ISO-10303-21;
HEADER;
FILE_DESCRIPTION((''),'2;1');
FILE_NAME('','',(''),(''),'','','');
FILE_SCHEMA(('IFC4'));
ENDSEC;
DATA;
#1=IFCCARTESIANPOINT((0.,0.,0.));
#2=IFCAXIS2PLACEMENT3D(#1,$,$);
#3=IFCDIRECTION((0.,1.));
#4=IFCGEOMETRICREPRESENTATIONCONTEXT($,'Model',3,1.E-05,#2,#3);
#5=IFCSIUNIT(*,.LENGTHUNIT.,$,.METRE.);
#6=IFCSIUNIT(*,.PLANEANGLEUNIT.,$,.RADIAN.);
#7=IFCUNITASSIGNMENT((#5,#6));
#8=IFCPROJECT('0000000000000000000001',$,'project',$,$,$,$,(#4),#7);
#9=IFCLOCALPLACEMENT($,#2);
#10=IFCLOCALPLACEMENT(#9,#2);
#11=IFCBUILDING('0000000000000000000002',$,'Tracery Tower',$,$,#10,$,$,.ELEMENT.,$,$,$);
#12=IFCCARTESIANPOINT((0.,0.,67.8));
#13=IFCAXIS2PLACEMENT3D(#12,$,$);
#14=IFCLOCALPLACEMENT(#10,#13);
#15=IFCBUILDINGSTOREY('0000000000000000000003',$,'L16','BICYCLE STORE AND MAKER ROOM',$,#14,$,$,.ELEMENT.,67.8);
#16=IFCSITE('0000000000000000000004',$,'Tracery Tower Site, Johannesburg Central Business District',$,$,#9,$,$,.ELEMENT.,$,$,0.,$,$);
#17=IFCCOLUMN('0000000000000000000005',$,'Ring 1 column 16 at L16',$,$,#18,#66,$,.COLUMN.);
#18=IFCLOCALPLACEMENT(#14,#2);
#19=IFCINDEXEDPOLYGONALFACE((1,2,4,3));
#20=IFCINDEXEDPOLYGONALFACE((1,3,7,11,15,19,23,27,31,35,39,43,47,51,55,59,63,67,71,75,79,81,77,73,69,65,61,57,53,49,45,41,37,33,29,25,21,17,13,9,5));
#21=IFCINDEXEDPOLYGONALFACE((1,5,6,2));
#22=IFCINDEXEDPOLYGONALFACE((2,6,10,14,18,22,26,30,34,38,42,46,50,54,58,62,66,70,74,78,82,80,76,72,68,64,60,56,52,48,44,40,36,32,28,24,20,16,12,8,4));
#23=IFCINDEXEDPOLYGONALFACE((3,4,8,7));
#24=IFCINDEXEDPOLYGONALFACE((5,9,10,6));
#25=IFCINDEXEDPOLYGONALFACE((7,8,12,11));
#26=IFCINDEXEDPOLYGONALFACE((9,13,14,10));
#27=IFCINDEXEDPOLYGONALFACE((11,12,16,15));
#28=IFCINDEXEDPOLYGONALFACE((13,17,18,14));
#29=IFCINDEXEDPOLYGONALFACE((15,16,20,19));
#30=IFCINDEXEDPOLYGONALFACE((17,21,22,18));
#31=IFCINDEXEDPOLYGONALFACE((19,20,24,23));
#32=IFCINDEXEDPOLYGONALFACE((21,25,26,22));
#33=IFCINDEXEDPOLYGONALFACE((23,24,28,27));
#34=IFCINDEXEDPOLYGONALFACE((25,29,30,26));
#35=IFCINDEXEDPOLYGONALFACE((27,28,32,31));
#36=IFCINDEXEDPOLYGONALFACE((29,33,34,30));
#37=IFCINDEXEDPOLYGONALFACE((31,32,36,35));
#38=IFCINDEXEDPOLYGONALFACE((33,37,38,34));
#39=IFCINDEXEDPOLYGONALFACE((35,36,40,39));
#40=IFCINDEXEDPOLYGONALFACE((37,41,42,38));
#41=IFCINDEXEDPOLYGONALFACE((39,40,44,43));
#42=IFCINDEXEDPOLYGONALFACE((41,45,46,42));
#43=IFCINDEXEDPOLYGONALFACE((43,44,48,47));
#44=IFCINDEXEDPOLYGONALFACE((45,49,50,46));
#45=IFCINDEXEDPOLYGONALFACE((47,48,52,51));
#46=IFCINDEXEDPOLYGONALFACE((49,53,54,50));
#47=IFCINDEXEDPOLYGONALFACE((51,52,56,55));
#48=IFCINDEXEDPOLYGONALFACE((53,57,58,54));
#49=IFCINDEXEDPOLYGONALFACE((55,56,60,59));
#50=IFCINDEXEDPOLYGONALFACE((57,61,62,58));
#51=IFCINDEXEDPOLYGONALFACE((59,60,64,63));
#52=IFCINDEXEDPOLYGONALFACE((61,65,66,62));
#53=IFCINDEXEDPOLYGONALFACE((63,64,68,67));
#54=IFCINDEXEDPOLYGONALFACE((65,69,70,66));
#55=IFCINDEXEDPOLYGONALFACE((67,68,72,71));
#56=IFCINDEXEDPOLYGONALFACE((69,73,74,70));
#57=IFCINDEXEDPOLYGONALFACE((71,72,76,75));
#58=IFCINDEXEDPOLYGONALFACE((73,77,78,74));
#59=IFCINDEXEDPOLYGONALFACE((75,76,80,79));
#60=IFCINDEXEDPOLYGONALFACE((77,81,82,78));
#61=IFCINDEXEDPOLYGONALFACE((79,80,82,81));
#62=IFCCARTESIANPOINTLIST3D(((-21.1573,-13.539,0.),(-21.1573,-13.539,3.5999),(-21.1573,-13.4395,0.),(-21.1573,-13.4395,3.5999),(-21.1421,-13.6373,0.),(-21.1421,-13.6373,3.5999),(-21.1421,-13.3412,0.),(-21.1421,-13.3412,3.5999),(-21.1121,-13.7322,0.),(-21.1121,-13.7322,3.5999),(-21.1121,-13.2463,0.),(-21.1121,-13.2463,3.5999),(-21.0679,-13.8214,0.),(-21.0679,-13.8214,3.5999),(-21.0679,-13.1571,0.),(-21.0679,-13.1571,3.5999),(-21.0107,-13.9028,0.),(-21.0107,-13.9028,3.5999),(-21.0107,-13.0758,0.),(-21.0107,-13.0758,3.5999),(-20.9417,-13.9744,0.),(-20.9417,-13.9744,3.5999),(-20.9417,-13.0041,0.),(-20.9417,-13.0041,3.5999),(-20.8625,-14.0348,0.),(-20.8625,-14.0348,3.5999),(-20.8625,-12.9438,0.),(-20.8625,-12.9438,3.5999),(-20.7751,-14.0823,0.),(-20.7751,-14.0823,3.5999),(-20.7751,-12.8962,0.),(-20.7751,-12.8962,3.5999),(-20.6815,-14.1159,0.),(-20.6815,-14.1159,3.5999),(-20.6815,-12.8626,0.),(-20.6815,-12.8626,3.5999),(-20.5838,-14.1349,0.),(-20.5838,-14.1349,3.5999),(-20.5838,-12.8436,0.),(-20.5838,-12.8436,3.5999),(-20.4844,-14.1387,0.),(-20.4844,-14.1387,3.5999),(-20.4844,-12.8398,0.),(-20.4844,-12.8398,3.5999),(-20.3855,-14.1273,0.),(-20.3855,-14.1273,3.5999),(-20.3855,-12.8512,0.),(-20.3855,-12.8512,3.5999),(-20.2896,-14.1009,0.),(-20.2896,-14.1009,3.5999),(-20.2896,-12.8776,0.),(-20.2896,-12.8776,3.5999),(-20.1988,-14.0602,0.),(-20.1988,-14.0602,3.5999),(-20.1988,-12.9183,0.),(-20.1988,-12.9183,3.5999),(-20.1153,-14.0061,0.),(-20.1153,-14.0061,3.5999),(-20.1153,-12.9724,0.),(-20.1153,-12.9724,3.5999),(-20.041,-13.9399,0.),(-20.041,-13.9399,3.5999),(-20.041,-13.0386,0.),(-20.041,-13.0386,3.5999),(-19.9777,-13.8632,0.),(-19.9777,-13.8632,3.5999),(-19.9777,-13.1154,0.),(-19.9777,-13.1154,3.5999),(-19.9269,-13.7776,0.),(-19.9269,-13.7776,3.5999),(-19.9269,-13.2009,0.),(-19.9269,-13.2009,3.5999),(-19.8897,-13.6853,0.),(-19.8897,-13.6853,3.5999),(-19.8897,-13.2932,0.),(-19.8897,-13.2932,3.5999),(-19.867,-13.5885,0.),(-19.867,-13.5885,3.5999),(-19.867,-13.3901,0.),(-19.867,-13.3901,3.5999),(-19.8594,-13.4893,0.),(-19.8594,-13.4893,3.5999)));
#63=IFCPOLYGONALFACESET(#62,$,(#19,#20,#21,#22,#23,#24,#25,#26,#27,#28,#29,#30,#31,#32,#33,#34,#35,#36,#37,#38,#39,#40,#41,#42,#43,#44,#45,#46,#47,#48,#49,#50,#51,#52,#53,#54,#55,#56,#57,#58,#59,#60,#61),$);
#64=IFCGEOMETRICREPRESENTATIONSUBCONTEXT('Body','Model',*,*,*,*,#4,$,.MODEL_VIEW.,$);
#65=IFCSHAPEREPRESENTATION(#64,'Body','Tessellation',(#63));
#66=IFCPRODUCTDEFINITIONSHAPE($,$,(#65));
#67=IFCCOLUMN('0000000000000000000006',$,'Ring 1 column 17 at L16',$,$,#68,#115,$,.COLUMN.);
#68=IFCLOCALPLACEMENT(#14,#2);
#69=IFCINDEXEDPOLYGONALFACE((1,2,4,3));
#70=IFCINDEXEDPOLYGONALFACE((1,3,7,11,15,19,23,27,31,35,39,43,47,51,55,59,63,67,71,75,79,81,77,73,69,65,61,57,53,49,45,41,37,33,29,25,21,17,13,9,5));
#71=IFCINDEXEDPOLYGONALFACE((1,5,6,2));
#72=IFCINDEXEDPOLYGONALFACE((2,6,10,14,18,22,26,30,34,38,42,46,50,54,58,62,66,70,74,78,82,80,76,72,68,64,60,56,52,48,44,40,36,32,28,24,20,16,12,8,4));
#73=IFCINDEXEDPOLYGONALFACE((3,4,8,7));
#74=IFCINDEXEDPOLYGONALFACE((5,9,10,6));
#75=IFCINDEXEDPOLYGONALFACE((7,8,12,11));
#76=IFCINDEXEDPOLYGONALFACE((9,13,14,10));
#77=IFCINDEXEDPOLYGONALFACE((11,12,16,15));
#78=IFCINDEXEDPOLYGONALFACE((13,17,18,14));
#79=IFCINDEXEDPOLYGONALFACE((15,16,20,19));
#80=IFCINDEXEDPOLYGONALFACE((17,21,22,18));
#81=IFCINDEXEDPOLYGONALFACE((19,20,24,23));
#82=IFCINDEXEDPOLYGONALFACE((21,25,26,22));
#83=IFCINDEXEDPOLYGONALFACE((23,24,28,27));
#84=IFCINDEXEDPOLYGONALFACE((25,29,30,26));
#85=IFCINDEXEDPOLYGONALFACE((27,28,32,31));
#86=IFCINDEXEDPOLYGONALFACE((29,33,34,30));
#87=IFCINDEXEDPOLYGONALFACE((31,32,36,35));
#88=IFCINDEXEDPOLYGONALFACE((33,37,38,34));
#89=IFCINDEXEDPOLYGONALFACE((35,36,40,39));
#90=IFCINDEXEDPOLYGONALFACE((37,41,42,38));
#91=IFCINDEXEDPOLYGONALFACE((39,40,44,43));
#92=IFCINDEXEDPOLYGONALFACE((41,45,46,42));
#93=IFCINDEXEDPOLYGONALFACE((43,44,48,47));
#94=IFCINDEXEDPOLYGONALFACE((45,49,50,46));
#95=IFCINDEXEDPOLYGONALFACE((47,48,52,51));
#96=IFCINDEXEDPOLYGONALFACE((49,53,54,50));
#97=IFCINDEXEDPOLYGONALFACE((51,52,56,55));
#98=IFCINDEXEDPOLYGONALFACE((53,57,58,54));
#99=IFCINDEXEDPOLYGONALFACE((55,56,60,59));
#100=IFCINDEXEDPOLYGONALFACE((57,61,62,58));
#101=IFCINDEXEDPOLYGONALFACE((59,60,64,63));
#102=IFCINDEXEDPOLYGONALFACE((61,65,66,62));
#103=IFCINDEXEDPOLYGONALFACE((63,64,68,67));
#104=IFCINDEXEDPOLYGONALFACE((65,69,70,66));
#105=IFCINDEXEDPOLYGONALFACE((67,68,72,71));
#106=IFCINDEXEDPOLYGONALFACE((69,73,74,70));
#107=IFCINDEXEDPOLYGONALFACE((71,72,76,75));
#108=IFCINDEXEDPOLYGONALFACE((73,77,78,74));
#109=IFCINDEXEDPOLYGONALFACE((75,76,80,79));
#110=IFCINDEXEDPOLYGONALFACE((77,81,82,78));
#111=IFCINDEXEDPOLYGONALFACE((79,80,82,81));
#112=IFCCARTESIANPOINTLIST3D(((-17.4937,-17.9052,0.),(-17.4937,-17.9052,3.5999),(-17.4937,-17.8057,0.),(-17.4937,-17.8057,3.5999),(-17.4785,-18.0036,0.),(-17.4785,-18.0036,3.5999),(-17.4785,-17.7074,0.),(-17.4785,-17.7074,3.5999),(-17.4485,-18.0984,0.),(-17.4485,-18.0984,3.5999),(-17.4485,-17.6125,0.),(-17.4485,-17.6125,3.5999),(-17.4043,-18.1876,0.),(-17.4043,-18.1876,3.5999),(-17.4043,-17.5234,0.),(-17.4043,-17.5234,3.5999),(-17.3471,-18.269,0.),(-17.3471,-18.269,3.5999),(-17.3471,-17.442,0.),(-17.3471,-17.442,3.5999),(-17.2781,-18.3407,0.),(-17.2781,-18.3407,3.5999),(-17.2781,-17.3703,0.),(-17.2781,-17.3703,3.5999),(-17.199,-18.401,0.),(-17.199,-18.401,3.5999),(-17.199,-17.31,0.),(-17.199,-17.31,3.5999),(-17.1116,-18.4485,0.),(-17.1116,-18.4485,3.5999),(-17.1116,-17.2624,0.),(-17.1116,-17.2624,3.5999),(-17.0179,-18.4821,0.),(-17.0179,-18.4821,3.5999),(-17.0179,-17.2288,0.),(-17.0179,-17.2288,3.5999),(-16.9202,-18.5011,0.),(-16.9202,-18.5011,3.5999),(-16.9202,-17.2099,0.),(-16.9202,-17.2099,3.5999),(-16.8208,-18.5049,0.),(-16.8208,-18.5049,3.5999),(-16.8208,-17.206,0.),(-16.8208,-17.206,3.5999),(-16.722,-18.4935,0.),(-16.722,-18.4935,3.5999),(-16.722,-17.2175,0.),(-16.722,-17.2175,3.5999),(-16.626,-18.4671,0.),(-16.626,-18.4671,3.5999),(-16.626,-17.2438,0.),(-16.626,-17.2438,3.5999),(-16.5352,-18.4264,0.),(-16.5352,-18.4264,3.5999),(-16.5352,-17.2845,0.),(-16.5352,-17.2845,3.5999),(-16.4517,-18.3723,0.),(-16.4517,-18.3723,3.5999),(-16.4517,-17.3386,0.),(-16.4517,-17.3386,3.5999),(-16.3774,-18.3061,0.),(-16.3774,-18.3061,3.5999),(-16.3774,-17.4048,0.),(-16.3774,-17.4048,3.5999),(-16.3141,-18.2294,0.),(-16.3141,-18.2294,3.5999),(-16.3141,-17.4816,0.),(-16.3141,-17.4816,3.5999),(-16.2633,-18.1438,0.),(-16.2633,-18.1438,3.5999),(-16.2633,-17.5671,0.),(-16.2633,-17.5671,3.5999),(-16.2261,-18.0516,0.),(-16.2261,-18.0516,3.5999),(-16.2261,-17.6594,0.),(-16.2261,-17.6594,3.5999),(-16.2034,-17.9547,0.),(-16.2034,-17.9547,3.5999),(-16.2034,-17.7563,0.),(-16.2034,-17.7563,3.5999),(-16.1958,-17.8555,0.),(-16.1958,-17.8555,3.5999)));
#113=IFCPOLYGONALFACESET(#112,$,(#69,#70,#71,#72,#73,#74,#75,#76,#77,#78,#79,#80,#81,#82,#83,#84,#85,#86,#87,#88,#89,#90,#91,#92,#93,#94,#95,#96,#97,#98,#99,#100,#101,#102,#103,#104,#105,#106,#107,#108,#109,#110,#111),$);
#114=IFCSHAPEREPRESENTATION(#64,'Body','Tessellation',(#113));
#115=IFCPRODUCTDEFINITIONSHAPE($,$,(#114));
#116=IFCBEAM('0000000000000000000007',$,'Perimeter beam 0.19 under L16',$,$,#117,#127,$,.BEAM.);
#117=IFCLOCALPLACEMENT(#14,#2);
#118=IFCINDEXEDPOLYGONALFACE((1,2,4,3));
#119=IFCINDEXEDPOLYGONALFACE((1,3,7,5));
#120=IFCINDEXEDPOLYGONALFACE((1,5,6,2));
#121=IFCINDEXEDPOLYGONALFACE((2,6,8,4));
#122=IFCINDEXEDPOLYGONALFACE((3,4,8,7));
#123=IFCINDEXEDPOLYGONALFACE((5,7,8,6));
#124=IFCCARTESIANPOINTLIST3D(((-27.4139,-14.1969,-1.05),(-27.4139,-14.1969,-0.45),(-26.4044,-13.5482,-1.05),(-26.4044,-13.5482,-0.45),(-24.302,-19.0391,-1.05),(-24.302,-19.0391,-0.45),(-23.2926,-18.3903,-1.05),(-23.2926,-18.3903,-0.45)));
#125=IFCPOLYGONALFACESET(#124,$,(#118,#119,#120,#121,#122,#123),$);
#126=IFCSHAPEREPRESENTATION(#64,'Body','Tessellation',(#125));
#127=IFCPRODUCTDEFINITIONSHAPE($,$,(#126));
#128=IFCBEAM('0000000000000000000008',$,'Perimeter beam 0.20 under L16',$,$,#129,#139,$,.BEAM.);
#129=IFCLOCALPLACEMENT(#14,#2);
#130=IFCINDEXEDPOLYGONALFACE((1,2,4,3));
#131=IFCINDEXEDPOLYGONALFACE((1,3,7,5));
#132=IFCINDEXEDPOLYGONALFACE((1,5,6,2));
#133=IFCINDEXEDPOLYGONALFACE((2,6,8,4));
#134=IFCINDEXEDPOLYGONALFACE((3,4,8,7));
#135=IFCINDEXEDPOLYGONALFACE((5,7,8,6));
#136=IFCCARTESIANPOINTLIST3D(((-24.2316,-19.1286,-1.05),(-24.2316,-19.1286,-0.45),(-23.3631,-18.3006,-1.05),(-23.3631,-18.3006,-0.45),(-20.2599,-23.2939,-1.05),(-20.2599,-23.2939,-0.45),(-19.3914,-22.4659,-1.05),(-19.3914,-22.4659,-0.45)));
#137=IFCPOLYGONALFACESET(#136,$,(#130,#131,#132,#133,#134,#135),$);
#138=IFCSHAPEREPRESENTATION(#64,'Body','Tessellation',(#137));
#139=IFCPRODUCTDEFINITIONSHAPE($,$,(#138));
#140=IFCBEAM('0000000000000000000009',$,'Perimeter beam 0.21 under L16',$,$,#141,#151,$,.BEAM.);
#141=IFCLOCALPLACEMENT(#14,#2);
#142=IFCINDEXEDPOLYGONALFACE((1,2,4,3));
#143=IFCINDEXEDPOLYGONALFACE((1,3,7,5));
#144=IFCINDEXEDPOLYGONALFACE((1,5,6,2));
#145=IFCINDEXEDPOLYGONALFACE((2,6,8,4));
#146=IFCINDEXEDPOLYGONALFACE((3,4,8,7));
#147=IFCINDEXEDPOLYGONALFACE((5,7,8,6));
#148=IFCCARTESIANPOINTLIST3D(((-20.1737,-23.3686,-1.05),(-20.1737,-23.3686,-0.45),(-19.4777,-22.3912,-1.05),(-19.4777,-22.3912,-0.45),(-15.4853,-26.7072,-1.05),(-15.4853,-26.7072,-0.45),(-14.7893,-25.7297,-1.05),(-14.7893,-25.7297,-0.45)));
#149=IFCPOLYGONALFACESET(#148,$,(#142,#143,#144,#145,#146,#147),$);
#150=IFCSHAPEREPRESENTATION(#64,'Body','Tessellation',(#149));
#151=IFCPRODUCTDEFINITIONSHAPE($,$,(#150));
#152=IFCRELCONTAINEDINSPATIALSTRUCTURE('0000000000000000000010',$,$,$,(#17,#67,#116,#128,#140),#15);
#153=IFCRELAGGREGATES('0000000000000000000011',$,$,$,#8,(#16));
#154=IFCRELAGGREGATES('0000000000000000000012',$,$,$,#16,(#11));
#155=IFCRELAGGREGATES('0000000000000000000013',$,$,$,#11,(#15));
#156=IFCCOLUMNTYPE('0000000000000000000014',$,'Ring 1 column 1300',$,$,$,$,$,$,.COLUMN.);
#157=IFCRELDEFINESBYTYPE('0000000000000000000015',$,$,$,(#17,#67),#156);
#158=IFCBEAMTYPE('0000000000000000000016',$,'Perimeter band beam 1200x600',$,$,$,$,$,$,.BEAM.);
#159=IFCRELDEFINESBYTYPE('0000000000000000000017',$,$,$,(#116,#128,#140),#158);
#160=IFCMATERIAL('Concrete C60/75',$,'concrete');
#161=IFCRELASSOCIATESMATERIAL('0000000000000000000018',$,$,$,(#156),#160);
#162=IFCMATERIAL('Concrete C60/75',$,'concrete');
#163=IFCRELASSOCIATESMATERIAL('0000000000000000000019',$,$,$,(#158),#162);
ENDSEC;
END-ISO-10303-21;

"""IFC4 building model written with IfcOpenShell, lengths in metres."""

from ifc_helpers import new_model, si_unit, direction, frame, origin, origin_2d, place, context, subcontext, project, spatial, rectangle, circle, extrude, material, material_profile, profile_set, type_object, element, save


model = new_model("IFC4")

# Units and contexts
model_context = context("Model", 3, precision=1e-05, world=origin(), true_north=direction((0.0, 1.0)))
body_context = subcontext(model_context, "Body", "Model", "MODEL_VIEW")
ifc_project = project(units=[si_unit("LENGTHUNIT", "METRE"), si_unit("PLANEANGLEUNIT", "RADIAN")], contexts=[model_context])

# Site, building, storey
site_placement = place(None, origin())
site = spatial("IfcSite", under=ifc_project, at=site_placement, Name="Tracery Tower Site, Johannesburg Central Business District", CompositionType="ELEMENT", RefElevation=0.0)
building_placement = place(site_placement, origin())
building = spatial("IfcBuilding", under=site, at=building_placement, Name="Tracery Tower", CompositionType="ELEMENT")
storey_placement = place(building_placement, frame((0.0, 0.0, 67.8)))
storey = spatial("IfcBuildingStorey", under=building, at=storey_placement, Name="L16", Description="BICYCLE STORE AND MAKER ROOM", CompositionType="ELEMENT", Elevation=67.8)

# Columns
ifc_material_1 = material(Name="Concrete C60/75", Category="concrete")
ifc_material_profile_1 = material_profile(ifc_material_1, circle(Radius=0.6499, at=origin_2d()), Name="RC D1300")
ifc_profile_set_1 = profile_set([ifc_material_profile_1], Name="Concrete C60/75")
column_type_1 = type_object("IfcColumnType", Name="Ring 1 column 1300", PredefinedType="COLUMN", material=ifc_profile_set_1)
for number, where, z_axis, x_axis, name in (
    (1, (-20.5093, -13.4893, 0.0), (0.0, 0.0, 1.0), (1.0, 0.0, 0.0), "Ring 1 column 16 at L16"),
    (2, (-16.8457, -17.8555, 0.0), (0.0, 0.0, 1.0), (1.0, 0.0, 0.0), "Ring 1 column 17 at L16"),
):
    element("IfcColumn", number, at=place(storey_placement, frame(where, z_axis=z_axis, x_axis=x_axis)), inside=storey, type_object=column_type_1, Name=name, PredefinedType="COLUMN", context=body_context, shape_type="SweptSolid", body=[
        extrude(circle(Radius=0.6499, at=origin_2d()), origin(), (0.0, 0.0, 1.0), 3.5999),
    ])

# Beams
ifc_material_2 = material(Name="Concrete C60/75", Category="concrete")
ifc_material_profile_2 = material_profile(ifc_material_2, rectangle(XDim=1.2, YDim=0.6001, at=origin_2d()), Name="RC 1200x600")
ifc_profile_set_2 = profile_set([ifc_material_profile_2], Name="Concrete C60/75")
beam_type = type_object("IfcBeamType", Name="Perimeter band beam 1200x600", PredefinedType="BEAM", material=ifc_profile_set_2)
beam_1_placement = place(storey_placement, frame((-26.9092, -13.8726, -0.75), z_axis=(0.540644, -0.841252, 0.0), x_axis=(0.841252, 0.540644, 0.0)))
element("IfcBeam", 3, at=beam_1_placement, inside=storey, type_object=beam_type, Name="Perimeter beam 0.19 under L16", PredefinedType="BEAM", context=body_context, shape_type="SweptSolid", body=[
    extrude(rectangle(XDim=1.2, YDim=0.6001, at=origin_2d()), origin(), (0.0, 0.0, 1.0), 5.7559),
])
beam_2_placement = place(storey_placement, frame((-23.7974, -18.7146, -0.75), z_axis=(0.690087, -0.723726, 0.0), x_axis=(0.723726, 0.690087, 0.0)))
element("IfcBeam", 4, at=beam_2_placement, inside=storey, type_object=beam_type, Name="Perimeter beam 0.20 under L16", PredefinedType="BEAM", context=body_context, shape_type="SweptSolid", body=[
    extrude(rectangle(XDim=1.2, YDim=0.6001, at=origin_2d()), origin(), (0.0, 0.0, 1.0), 5.7554),
])
beam_3_placement = place(storey_placement, frame((-19.8257, -22.8799, -0.75), z_axis=(0.814578, -0.580054, 0.0), x_axis=(0.580054, 0.814578, 0.0)))
element("IfcBeam", 5, at=beam_3_placement, inside=storey, type_object=beam_type, Name="Perimeter beam 0.21 under L16", PredefinedType="BEAM", context=body_context, shape_type="SweptSolid", body=[
    extrude(rectangle(XDim=1.2, YDim=0.6001, at=origin_2d()), origin(), (0.0, 0.0, 1.0), 5.7556),
])

save(model, "model.ifc")
